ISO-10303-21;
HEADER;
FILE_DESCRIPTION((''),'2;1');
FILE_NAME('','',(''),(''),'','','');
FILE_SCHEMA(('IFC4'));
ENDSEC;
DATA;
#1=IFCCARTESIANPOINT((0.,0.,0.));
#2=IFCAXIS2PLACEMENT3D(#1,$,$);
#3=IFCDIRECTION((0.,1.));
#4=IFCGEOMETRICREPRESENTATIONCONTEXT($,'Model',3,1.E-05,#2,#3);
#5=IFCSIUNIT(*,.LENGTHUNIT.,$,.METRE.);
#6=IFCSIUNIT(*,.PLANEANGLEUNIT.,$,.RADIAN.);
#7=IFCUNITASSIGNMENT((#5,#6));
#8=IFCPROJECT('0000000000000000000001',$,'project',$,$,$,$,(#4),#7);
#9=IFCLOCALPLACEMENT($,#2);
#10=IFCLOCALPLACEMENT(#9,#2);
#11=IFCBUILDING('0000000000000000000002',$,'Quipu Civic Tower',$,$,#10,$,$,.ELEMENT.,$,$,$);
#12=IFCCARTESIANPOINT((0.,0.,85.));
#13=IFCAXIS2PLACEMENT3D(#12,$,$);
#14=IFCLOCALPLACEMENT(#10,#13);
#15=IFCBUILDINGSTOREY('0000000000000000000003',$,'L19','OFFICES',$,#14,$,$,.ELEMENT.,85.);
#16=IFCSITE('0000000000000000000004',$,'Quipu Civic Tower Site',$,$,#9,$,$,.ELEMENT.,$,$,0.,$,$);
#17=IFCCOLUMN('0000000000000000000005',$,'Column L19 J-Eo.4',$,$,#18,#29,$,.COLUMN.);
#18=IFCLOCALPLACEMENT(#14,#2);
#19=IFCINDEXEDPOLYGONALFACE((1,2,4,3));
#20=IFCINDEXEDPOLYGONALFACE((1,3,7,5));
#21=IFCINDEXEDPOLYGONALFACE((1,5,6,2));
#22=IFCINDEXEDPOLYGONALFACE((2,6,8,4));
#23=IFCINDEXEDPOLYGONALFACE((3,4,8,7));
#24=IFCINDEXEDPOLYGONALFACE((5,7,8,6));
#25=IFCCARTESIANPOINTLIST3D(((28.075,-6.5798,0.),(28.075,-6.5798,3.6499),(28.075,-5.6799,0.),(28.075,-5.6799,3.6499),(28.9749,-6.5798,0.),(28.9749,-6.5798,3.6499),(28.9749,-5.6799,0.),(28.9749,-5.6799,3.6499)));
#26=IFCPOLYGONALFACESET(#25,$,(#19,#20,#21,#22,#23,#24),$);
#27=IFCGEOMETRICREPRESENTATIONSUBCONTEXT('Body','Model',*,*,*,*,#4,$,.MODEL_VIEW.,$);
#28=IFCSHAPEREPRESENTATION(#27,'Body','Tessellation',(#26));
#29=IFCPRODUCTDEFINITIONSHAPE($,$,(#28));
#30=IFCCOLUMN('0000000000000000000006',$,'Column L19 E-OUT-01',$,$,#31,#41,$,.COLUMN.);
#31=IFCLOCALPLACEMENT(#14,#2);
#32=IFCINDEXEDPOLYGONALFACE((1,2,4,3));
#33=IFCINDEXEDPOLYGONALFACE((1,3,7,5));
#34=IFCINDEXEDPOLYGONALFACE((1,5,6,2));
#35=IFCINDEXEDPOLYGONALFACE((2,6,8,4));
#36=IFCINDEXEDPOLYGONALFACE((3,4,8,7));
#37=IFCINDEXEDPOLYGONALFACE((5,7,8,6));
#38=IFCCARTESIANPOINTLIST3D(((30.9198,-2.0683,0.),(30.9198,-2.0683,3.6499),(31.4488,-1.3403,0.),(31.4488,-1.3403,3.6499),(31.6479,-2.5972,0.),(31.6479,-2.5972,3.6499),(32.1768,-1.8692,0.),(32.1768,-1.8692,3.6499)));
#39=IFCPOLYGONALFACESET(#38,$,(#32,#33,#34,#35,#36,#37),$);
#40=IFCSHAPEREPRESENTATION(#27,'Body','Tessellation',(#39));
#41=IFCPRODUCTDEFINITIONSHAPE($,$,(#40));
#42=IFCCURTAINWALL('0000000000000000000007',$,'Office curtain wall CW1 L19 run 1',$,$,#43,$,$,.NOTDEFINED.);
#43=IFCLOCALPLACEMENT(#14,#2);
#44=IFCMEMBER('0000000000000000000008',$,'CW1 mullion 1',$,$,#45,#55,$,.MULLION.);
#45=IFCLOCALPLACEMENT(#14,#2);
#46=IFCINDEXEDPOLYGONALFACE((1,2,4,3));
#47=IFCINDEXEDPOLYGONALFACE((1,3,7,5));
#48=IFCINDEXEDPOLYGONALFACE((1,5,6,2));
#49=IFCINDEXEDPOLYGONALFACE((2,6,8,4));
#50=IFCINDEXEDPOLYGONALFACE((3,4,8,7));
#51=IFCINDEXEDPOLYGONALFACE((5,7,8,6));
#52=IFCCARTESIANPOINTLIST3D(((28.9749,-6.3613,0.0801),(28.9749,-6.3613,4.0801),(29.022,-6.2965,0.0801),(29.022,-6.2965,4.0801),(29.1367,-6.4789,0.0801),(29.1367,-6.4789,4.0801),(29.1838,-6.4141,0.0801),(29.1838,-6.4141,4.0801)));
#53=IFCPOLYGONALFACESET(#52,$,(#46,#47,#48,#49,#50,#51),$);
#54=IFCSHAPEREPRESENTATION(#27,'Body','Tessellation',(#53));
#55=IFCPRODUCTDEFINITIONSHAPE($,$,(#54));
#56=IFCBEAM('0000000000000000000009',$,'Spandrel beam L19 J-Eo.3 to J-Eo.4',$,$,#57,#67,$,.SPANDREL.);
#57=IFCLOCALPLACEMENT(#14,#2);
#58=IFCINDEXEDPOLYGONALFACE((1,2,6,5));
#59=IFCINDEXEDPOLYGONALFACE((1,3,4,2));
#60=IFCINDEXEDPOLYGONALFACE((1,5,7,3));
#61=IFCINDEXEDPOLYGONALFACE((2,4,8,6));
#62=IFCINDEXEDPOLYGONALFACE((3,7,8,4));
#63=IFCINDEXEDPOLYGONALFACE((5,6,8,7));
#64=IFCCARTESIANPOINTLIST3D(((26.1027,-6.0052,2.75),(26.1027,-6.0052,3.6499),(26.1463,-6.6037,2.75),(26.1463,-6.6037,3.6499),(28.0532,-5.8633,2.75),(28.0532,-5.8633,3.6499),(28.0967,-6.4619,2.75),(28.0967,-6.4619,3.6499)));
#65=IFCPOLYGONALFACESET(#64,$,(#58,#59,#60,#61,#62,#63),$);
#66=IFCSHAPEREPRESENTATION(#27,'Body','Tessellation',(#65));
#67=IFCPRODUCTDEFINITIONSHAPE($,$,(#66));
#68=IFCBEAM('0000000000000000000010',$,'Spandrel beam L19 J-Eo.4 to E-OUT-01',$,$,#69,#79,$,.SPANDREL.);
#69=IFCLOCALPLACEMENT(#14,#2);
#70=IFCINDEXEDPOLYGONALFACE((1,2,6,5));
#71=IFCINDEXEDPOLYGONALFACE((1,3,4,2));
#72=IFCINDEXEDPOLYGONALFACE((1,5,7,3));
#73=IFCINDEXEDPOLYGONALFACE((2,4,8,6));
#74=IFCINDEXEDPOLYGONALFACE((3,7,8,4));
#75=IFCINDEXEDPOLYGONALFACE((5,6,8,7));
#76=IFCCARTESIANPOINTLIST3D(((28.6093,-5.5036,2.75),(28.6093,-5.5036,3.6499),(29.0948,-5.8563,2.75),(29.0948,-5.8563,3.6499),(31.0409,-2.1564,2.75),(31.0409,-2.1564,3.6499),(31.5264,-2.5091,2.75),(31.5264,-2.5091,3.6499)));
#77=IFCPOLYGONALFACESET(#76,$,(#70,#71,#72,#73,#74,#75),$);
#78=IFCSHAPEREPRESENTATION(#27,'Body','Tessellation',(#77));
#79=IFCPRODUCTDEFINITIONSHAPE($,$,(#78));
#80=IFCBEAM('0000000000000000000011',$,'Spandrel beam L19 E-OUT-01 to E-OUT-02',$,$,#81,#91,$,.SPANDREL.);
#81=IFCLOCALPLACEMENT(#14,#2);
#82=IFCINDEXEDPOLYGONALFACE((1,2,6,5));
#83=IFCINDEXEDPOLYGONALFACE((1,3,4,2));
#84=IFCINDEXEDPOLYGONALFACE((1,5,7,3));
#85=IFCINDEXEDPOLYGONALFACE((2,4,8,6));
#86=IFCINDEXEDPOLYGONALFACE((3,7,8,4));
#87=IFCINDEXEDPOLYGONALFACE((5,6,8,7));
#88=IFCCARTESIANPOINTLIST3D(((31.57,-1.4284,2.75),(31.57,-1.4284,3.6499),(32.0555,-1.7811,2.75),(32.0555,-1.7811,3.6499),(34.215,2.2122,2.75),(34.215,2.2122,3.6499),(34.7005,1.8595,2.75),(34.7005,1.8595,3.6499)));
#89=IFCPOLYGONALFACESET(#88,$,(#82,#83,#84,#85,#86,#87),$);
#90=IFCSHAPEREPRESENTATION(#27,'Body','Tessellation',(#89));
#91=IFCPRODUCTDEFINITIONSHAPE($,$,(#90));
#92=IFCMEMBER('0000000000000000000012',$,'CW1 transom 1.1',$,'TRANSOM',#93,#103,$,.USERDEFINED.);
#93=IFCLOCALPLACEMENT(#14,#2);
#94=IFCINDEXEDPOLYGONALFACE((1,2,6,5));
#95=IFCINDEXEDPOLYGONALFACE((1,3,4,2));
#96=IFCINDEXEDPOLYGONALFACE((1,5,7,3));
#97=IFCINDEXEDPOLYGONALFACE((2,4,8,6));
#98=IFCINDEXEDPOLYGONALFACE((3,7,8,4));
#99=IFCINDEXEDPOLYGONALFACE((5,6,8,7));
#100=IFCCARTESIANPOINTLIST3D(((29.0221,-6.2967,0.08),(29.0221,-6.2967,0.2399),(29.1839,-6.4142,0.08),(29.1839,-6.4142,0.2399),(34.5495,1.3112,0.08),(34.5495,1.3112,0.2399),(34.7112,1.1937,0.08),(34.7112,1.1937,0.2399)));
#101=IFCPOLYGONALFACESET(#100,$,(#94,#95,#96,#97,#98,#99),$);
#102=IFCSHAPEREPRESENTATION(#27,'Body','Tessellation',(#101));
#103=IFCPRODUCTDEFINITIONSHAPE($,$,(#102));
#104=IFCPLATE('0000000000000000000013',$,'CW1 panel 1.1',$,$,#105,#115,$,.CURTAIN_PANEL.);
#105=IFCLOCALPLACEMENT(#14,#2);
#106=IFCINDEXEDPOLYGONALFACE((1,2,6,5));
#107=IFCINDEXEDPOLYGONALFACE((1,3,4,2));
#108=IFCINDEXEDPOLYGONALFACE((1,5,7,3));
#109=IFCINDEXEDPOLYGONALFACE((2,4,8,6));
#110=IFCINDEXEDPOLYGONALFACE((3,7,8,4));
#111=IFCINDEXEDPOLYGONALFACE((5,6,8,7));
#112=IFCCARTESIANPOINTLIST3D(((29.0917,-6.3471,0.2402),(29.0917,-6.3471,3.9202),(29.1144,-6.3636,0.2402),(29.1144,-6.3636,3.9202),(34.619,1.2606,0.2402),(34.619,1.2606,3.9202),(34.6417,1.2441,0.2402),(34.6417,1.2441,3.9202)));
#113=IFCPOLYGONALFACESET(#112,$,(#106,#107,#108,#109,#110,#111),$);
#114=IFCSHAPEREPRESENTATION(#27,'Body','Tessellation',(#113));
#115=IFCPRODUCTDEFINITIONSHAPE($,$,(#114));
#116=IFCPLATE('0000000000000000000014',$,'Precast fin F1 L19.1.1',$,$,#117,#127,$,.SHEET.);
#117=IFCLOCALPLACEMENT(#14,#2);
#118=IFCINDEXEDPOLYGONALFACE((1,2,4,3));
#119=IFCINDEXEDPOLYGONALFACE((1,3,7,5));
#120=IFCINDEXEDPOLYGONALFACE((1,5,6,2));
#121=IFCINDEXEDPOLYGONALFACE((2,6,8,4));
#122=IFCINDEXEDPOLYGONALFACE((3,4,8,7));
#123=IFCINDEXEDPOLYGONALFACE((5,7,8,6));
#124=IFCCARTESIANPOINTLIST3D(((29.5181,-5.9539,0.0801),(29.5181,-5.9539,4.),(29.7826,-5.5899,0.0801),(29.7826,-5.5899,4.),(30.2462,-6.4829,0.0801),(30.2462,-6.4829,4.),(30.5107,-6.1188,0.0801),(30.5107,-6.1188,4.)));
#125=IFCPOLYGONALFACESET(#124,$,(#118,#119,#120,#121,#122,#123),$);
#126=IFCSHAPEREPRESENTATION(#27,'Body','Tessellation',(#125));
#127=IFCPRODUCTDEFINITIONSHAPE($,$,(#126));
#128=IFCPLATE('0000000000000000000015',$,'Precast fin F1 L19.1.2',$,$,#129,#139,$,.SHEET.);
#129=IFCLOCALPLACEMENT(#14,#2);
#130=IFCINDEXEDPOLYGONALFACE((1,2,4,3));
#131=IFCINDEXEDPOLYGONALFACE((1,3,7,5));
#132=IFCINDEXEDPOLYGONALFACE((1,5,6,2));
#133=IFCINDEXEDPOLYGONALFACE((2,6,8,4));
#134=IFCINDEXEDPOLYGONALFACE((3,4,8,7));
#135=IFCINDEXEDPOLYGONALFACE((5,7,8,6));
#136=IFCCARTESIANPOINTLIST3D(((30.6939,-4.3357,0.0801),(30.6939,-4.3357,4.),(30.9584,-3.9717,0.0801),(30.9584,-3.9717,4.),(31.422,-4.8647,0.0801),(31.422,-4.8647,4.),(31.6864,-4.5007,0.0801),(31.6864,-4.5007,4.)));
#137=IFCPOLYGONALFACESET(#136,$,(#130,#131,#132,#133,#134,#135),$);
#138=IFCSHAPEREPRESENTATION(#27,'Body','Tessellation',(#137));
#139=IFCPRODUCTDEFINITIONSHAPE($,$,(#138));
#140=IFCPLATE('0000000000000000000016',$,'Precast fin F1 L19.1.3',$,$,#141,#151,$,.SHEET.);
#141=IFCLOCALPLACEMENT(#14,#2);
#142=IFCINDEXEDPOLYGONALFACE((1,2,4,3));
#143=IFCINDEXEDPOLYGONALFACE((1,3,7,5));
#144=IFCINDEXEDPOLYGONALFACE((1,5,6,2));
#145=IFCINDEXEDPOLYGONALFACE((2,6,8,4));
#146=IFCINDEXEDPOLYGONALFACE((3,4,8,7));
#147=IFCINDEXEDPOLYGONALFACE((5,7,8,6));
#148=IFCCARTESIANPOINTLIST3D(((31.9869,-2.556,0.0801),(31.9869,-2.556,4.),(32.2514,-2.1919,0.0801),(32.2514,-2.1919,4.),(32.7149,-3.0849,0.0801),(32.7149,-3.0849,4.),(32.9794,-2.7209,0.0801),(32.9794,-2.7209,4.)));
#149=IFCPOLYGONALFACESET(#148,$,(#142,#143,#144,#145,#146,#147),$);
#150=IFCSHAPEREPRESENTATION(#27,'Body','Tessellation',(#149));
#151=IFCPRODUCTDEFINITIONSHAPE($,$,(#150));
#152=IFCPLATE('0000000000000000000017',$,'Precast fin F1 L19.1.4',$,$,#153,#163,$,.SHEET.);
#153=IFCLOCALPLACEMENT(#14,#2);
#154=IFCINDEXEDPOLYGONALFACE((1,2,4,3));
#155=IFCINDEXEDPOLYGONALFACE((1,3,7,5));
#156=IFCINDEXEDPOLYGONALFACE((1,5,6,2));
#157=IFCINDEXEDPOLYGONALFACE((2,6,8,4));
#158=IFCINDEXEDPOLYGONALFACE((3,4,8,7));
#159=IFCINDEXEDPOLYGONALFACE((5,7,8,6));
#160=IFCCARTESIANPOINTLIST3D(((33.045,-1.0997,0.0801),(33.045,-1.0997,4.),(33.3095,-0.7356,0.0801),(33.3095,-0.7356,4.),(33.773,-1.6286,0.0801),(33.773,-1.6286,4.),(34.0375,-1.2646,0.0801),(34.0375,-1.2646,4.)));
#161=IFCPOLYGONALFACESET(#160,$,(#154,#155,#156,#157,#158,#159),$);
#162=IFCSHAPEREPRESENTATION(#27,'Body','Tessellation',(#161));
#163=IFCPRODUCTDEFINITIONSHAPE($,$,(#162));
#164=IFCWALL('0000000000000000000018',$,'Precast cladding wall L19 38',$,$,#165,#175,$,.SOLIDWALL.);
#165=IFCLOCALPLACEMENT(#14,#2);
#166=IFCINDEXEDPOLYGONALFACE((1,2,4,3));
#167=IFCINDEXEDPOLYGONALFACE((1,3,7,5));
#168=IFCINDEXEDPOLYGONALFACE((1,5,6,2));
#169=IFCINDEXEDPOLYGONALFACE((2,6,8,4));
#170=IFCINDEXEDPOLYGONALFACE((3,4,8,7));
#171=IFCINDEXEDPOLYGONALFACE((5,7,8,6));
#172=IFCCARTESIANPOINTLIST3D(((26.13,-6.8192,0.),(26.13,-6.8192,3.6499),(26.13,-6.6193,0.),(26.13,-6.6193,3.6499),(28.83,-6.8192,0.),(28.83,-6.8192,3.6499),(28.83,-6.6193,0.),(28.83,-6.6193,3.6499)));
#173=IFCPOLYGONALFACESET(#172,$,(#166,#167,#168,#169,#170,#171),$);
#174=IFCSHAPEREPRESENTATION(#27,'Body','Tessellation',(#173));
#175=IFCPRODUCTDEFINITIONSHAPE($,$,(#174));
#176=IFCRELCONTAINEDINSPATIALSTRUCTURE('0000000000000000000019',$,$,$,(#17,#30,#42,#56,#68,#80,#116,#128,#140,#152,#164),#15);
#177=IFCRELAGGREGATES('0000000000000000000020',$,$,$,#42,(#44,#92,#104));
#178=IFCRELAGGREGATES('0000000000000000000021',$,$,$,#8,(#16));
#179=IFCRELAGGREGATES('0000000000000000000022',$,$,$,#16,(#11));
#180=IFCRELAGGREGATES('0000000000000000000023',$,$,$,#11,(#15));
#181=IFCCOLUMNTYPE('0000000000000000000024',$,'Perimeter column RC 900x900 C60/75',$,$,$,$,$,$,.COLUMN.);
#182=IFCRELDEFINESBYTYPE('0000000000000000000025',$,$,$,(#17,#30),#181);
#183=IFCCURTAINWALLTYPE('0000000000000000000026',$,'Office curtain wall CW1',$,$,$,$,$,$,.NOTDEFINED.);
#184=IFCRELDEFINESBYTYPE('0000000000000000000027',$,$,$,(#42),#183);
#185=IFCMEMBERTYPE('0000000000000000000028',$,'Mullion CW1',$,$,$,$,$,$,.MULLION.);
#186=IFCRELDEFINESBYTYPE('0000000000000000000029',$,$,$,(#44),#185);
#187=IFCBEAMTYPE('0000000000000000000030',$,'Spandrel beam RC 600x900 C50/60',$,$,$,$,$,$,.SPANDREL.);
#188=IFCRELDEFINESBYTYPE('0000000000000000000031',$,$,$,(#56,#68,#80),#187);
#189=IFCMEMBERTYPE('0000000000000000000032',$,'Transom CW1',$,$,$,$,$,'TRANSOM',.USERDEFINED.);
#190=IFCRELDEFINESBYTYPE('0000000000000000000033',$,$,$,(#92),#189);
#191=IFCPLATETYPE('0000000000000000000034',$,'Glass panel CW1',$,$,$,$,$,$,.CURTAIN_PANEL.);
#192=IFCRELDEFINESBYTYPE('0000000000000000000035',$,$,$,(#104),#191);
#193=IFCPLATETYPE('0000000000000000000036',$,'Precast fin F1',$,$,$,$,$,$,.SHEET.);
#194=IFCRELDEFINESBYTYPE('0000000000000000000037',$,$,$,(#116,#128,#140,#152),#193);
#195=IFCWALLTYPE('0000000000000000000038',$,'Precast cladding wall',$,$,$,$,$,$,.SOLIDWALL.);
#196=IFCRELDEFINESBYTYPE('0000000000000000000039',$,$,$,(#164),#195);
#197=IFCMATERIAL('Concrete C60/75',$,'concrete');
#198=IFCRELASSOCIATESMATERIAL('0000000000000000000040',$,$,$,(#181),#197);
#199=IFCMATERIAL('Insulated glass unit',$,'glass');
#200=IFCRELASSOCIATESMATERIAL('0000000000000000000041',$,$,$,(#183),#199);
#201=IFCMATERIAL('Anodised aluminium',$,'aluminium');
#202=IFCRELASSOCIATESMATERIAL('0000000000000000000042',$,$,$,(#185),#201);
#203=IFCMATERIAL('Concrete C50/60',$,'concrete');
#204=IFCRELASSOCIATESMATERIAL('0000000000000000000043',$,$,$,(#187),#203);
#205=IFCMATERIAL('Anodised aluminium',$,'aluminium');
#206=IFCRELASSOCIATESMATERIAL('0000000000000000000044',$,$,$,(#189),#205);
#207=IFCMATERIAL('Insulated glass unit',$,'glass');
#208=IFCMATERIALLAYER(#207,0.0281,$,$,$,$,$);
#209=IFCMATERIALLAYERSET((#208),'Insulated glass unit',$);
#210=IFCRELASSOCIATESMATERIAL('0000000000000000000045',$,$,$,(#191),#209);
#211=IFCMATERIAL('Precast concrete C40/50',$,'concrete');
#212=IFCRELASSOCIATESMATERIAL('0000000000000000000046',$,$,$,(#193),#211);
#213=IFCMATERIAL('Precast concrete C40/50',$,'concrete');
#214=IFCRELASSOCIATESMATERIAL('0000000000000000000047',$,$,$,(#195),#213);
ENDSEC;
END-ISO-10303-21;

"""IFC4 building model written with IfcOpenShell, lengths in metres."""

from ifc_helpers import new_model, si_unit, direction, frame, frame_2d, origin, origin_2d, place, context, subcontext, project, spatial, rectangle, extrude, material, layer, layer_set, material_profile, profile_set, type_object, element, aggregate, save


model = new_model("IFC4")

# Units and contexts
model_context = context("Model", 3, precision=1e-05, world=origin(), true_north=direction((0.0, 1.0)))
body_context = subcontext(model_context, "Body", "Model", "MODEL_VIEW")
ifc_project = project(units=[si_unit("LENGTHUNIT", "METRE"), si_unit("PLANEANGLEUNIT", "RADIAN")], contexts=[model_context])

# Site, building, storey
site_placement = place(None, origin())
site = spatial("IfcSite", under=ifc_project, at=site_placement, Name="Quipu Civic Tower Site", CompositionType="ELEMENT", RefElevation=0.0)
building_placement = place(site_placement, origin())
building = spatial("IfcBuilding", under=site, at=building_placement, Name="Quipu Civic Tower", CompositionType="ELEMENT")
storey_placement = place(building_placement, frame((0.0, 0.0, 85.0)))
storey = spatial("IfcBuildingStorey", under=building, at=storey_placement, Name="L19", Description="OFFICES", CompositionType="ELEMENT", Elevation=85.0)

# Columns
ifc_material_1 = material(Name="Concrete C60/75", Category="concrete")
ifc_material_profile_1 = material_profile(ifc_material_1, rectangle(XDim=0.8999, YDim=0.8999, at=origin_2d()), Name="RC900x900")
ifc_profile_set_1 = profile_set([ifc_material_profile_1], Name="Concrete C60/75")
column_type = type_object("IfcColumnType", Name="Perimeter column RC 900x900 C60/75", PredefinedType="COLUMN", material=ifc_profile_set_1)
for number, where, z_axis, x_axis, name in (
    (1, (28.5249, -6.1299, 0.0), (0.0, 0.0, 1.0), (1.0, 0.0, 0.0), "Column L19 J-Eo.4"),
    (2, (31.5483, -1.9688, 0.0), (0.0, 0.0, 1.0), (0.587785, 0.809017, 0.0), "Column L19 E-OUT-01"),
):
    element("IfcColumn", number, at=place(storey_placement, frame(where, z_axis=z_axis, x_axis=x_axis)), inside=storey, type_object=column_type, Name=name, PredefinedType="COLUMN", context=body_context, shape_type="SweptSolid", body=[
        extrude(rectangle(XDim=0.8999, YDim=0.8999, at=origin_2d()), origin(), (0.0, 0.0, 1.0), 3.6499),
    ])

# Curtain wall, member
ifc_material_2 = material(Name="Insulated glass unit", Category="glass")
curtain_wall_type = type_object("IfcCurtainWallType", Name="Office curtain wall CW1", PredefinedType="NOTDEFINED", material=ifc_material_2)
curtain_wall_placement = place(storey_placement, origin())
curtain_wall = element("IfcCurtainWall", 3, at=curtain_wall_placement, inside=storey, type_object=curtain_wall_type, Name="Office curtain wall CW1 L19 run 1", PredefinedType="NOTDEFINED")
ifc_material_3 = material(Name="Anodised aluminium", Category="aluminium")
ifc_material_profile_2 = material_profile(ifc_material_3, rectangle(XDim=0.2, YDim=0.0801, at=origin_2d()), Name="RECT 200x80")
ifc_profile_set_2 = profile_set([ifc_material_profile_2], Name="Anodised aluminium")
member_type_1 = type_object("IfcMemberType", Name="Mullion CW1", PredefinedType="MULLION", material=ifc_profile_set_2)
member_1_placement = place(storey_placement, frame((29.0793, -6.3877, 0.0801), z_axis=(0.0, 0.0, 1.0), x_axis=(-0.809017, 0.587785, 0.0)))
member_1 = element("IfcMember", 4, at=member_1_placement, type_object=member_type_1, Name="CW1 mullion 1", PredefinedType="MULLION", context=body_context, shape_type="SweptSolid", body=[
    extrude(rectangle(XDim=0.2, YDim=0.0801, at=origin_2d()), origin(), (0.0, 0.0, 1.0), 4.0),
])

# Beams
ifc_material_4 = material(Name="Concrete C50/60", Category="concrete")
ifc_material_profile_3 = material_profile(ifc_material_4, rectangle(XDim=0.6001, YDim=0.8999, at=origin_2d()), Name="RC600x900")
ifc_profile_set_3 = profile_set([ifc_material_profile_3], Name="Concrete C50/60")
beam_type = type_object("IfcBeamType", Name="Spandrel beam RC 600x900 C50/60", PredefinedType="SPANDREL", material=ifc_profile_set_3)
beam_1_placement = place(storey_placement, frame((26.1245, -6.3044, 3.2), z_axis=(0.997366, 0.072533, 0.0), x_axis=(-0.072533, 0.997366, 0.0)))
element("IfcBeam", 5, at=beam_1_placement, inside=storey, type_object=beam_type, Name="Spandrel beam L19 J-Eo.3 to J-Eo.4", PredefinedType="SPANDREL", context=body_context, shape_type="SweptSolid", body=[
    extrude(rectangle(XDim=0.6001, YDim=0.8999, at=origin_2d()), origin(), (0.0, 0.0, 1.0), 1.9556),
])
beam_2_placement = place(storey_placement, frame((28.8521, -5.6799, 3.2), z_axis=(0.587751, 0.809042, 0.0), x_axis=(-0.809042, 0.587751, 0.0)))
element("IfcBeam", 6, at=beam_2_placement, inside=storey, type_object=beam_type, Name="Spandrel beam L19 J-Eo.4 to E-OUT-01", PredefinedType="SPANDREL", context=body_context, shape_type="SweptSolid", body=[
    extrude(rectangle(XDim=0.6001, YDim=0.8999, at=origin_2d()), origin(), (0.0, 0.0, 1.0), 4.1372),
])
beam_3_placement = place(storey_placement, frame((31.8127, -1.6047, 3.2), z_axis=(0.587778, 0.809022, 0.0), x_axis=(-0.809022, 0.587778, 0.0)))
element("IfcBeam", 7, at=beam_3_placement, inside=storey, type_object=beam_type, Name="Spandrel beam L19 E-OUT-01 to E-OUT-02", PredefinedType="SPANDREL", context=body_context, shape_type="SweptSolid", body=[
    extrude(rectangle(XDim=0.6001, YDim=0.8999, at=origin_2d()), origin(), (0.0, 0.0, 1.0), 4.5),
])

# Member
ifc_material_5 = material(Name="Anodised aluminium", Category="aluminium")
ifc_material_profile_4 = material_profile(ifc_material_5, rectangle(XDim=0.2, YDim=0.1599, at=origin_2d()), Name="RECT 200x160")
ifc_profile_set_4 = profile_set([ifc_material_profile_4], Name="Anodised aluminium")
member_type_2 = type_object("IfcMemberType", Name="Transom CW1", ElementType="TRANSOM", PredefinedType="USERDEFINED", material=ifc_profile_set_4)
member_2_placement = place(storey_placement, frame((29.103, -6.3555, 0.1599), z_axis=(0.587776, 0.809023, 0.0), x_axis=(-0.809023, 0.587776, 0.0)))
member_2 = element("IfcMember", 8, at=member_2_placement, type_object=member_type_2, Name="CW1 transom 1.1", ObjectType="TRANSOM", PredefinedType="USERDEFINED", context=body_context, shape_type="SweptSolid", body=[
    extrude(rectangle(XDim=0.2, YDim=0.1599, at=origin_2d()), origin(), (0.0, 0.0, 1.0), 9.4038),
])

# Plate
ifc_material_6 = material(Name="Insulated glass unit", Category="glass")
ifc_layer = layer(ifc_material_6, 0.0281)
ifc_layer_set = layer_set([ifc_layer], Name="Insulated glass unit")
plate_type_1 = type_object("IfcPlateType", Name="Glass panel CW1", PredefinedType="CURTAIN_PANEL", material=ifc_layer_set)
plate_placement = place(storey_placement, frame((31.8667, -2.5515, 0.2402), z_axis=(0.0, 0.0, 1.0), x_axis=(0.587785, 0.809017, 0.0)))
plate = element("IfcPlate", 9, at=plate_placement, type_object=plate_type_1, Name="CW1 panel 1.1", PredefinedType="CURTAIN_PANEL", context=body_context, shape_type="SweptSolid", body=[
    extrude(rectangle(XDim=9.4036, YDim=0.0281, at=origin_2d()), origin(), (0.0, 0.0, 1.0), 3.6799),
])
aggregate(curtain_wall, [member_1, member_2, plate])

# Plates
ifc_material_7 = material(Name="Precast concrete C40/50", Category="concrete")
plate_type_2 = type_object("IfcPlateType", Name="Precast fin F1", PredefinedType="SHEET", material=ifc_material_7)
for number, where, z_axis, x_axis, name in (
    (10, (30.0144, -6.0364, 0.0801), (0.0, 0.0, 1.0), (0.587786, 0.809017, 0.0), "Precast fin F1 L19.1.1"),
    (11, (31.1902, -4.4182, 0.0801), (0.0, 0.0, 1.0), (0.587786, 0.809017, 0.0), "Precast fin F1 L19.1.2"),
    (12, (32.4832, -2.6384, 0.0801), (0.0, 0.0, 1.0), (0.587786, 0.809017, 0.0), "Precast fin F1 L19.1.3"),
    (13, (33.5413, -1.1821, 0.0801), (0.0, 0.0, 1.0), (0.587786, 0.809017, 0.0), "Precast fin F1 L19.1.4"),
):
    element("IfcPlate", number, at=place(storey_placement, frame(where, z_axis=z_axis, x_axis=x_axis)), inside=storey, type_object=plate_type_2, Name=name, PredefinedType="SHEET", context=body_context, shape_type="SweptSolid", body=[
        extrude(rectangle(XDim=0.45, YDim=0.8999, at=origin_2d()), origin(), (0.0, 0.0, 1.0), 3.9199),
    ])

# Wall
ifc_material_8 = material(Name="Precast concrete C40/50", Category="concrete")
wall_type = type_object("IfcWallType", Name="Precast cladding wall", PredefinedType="SOLIDWALL", material=ifc_material_8)
wall_placement = place(storey_placement, frame((26.1299, -6.7192, 0.0), z_axis=(0.0, 0.0, 1.0), x_axis=(1.0, 0.0, 0.0)))
element("IfcWall", 14, at=wall_placement, inside=storey, type_object=wall_type, Name="Precast cladding wall L19 38", PredefinedType="SOLIDWALL", context=body_context, shape_type="SweptSolid", body=[
    extrude(rectangle(XDim=2.7, YDim=0.2, at=frame_2d((1.3501, 0.0))), origin(), (0.0, 0.0, 1.0), 3.6499),
])

save(model, "model.ifc")
